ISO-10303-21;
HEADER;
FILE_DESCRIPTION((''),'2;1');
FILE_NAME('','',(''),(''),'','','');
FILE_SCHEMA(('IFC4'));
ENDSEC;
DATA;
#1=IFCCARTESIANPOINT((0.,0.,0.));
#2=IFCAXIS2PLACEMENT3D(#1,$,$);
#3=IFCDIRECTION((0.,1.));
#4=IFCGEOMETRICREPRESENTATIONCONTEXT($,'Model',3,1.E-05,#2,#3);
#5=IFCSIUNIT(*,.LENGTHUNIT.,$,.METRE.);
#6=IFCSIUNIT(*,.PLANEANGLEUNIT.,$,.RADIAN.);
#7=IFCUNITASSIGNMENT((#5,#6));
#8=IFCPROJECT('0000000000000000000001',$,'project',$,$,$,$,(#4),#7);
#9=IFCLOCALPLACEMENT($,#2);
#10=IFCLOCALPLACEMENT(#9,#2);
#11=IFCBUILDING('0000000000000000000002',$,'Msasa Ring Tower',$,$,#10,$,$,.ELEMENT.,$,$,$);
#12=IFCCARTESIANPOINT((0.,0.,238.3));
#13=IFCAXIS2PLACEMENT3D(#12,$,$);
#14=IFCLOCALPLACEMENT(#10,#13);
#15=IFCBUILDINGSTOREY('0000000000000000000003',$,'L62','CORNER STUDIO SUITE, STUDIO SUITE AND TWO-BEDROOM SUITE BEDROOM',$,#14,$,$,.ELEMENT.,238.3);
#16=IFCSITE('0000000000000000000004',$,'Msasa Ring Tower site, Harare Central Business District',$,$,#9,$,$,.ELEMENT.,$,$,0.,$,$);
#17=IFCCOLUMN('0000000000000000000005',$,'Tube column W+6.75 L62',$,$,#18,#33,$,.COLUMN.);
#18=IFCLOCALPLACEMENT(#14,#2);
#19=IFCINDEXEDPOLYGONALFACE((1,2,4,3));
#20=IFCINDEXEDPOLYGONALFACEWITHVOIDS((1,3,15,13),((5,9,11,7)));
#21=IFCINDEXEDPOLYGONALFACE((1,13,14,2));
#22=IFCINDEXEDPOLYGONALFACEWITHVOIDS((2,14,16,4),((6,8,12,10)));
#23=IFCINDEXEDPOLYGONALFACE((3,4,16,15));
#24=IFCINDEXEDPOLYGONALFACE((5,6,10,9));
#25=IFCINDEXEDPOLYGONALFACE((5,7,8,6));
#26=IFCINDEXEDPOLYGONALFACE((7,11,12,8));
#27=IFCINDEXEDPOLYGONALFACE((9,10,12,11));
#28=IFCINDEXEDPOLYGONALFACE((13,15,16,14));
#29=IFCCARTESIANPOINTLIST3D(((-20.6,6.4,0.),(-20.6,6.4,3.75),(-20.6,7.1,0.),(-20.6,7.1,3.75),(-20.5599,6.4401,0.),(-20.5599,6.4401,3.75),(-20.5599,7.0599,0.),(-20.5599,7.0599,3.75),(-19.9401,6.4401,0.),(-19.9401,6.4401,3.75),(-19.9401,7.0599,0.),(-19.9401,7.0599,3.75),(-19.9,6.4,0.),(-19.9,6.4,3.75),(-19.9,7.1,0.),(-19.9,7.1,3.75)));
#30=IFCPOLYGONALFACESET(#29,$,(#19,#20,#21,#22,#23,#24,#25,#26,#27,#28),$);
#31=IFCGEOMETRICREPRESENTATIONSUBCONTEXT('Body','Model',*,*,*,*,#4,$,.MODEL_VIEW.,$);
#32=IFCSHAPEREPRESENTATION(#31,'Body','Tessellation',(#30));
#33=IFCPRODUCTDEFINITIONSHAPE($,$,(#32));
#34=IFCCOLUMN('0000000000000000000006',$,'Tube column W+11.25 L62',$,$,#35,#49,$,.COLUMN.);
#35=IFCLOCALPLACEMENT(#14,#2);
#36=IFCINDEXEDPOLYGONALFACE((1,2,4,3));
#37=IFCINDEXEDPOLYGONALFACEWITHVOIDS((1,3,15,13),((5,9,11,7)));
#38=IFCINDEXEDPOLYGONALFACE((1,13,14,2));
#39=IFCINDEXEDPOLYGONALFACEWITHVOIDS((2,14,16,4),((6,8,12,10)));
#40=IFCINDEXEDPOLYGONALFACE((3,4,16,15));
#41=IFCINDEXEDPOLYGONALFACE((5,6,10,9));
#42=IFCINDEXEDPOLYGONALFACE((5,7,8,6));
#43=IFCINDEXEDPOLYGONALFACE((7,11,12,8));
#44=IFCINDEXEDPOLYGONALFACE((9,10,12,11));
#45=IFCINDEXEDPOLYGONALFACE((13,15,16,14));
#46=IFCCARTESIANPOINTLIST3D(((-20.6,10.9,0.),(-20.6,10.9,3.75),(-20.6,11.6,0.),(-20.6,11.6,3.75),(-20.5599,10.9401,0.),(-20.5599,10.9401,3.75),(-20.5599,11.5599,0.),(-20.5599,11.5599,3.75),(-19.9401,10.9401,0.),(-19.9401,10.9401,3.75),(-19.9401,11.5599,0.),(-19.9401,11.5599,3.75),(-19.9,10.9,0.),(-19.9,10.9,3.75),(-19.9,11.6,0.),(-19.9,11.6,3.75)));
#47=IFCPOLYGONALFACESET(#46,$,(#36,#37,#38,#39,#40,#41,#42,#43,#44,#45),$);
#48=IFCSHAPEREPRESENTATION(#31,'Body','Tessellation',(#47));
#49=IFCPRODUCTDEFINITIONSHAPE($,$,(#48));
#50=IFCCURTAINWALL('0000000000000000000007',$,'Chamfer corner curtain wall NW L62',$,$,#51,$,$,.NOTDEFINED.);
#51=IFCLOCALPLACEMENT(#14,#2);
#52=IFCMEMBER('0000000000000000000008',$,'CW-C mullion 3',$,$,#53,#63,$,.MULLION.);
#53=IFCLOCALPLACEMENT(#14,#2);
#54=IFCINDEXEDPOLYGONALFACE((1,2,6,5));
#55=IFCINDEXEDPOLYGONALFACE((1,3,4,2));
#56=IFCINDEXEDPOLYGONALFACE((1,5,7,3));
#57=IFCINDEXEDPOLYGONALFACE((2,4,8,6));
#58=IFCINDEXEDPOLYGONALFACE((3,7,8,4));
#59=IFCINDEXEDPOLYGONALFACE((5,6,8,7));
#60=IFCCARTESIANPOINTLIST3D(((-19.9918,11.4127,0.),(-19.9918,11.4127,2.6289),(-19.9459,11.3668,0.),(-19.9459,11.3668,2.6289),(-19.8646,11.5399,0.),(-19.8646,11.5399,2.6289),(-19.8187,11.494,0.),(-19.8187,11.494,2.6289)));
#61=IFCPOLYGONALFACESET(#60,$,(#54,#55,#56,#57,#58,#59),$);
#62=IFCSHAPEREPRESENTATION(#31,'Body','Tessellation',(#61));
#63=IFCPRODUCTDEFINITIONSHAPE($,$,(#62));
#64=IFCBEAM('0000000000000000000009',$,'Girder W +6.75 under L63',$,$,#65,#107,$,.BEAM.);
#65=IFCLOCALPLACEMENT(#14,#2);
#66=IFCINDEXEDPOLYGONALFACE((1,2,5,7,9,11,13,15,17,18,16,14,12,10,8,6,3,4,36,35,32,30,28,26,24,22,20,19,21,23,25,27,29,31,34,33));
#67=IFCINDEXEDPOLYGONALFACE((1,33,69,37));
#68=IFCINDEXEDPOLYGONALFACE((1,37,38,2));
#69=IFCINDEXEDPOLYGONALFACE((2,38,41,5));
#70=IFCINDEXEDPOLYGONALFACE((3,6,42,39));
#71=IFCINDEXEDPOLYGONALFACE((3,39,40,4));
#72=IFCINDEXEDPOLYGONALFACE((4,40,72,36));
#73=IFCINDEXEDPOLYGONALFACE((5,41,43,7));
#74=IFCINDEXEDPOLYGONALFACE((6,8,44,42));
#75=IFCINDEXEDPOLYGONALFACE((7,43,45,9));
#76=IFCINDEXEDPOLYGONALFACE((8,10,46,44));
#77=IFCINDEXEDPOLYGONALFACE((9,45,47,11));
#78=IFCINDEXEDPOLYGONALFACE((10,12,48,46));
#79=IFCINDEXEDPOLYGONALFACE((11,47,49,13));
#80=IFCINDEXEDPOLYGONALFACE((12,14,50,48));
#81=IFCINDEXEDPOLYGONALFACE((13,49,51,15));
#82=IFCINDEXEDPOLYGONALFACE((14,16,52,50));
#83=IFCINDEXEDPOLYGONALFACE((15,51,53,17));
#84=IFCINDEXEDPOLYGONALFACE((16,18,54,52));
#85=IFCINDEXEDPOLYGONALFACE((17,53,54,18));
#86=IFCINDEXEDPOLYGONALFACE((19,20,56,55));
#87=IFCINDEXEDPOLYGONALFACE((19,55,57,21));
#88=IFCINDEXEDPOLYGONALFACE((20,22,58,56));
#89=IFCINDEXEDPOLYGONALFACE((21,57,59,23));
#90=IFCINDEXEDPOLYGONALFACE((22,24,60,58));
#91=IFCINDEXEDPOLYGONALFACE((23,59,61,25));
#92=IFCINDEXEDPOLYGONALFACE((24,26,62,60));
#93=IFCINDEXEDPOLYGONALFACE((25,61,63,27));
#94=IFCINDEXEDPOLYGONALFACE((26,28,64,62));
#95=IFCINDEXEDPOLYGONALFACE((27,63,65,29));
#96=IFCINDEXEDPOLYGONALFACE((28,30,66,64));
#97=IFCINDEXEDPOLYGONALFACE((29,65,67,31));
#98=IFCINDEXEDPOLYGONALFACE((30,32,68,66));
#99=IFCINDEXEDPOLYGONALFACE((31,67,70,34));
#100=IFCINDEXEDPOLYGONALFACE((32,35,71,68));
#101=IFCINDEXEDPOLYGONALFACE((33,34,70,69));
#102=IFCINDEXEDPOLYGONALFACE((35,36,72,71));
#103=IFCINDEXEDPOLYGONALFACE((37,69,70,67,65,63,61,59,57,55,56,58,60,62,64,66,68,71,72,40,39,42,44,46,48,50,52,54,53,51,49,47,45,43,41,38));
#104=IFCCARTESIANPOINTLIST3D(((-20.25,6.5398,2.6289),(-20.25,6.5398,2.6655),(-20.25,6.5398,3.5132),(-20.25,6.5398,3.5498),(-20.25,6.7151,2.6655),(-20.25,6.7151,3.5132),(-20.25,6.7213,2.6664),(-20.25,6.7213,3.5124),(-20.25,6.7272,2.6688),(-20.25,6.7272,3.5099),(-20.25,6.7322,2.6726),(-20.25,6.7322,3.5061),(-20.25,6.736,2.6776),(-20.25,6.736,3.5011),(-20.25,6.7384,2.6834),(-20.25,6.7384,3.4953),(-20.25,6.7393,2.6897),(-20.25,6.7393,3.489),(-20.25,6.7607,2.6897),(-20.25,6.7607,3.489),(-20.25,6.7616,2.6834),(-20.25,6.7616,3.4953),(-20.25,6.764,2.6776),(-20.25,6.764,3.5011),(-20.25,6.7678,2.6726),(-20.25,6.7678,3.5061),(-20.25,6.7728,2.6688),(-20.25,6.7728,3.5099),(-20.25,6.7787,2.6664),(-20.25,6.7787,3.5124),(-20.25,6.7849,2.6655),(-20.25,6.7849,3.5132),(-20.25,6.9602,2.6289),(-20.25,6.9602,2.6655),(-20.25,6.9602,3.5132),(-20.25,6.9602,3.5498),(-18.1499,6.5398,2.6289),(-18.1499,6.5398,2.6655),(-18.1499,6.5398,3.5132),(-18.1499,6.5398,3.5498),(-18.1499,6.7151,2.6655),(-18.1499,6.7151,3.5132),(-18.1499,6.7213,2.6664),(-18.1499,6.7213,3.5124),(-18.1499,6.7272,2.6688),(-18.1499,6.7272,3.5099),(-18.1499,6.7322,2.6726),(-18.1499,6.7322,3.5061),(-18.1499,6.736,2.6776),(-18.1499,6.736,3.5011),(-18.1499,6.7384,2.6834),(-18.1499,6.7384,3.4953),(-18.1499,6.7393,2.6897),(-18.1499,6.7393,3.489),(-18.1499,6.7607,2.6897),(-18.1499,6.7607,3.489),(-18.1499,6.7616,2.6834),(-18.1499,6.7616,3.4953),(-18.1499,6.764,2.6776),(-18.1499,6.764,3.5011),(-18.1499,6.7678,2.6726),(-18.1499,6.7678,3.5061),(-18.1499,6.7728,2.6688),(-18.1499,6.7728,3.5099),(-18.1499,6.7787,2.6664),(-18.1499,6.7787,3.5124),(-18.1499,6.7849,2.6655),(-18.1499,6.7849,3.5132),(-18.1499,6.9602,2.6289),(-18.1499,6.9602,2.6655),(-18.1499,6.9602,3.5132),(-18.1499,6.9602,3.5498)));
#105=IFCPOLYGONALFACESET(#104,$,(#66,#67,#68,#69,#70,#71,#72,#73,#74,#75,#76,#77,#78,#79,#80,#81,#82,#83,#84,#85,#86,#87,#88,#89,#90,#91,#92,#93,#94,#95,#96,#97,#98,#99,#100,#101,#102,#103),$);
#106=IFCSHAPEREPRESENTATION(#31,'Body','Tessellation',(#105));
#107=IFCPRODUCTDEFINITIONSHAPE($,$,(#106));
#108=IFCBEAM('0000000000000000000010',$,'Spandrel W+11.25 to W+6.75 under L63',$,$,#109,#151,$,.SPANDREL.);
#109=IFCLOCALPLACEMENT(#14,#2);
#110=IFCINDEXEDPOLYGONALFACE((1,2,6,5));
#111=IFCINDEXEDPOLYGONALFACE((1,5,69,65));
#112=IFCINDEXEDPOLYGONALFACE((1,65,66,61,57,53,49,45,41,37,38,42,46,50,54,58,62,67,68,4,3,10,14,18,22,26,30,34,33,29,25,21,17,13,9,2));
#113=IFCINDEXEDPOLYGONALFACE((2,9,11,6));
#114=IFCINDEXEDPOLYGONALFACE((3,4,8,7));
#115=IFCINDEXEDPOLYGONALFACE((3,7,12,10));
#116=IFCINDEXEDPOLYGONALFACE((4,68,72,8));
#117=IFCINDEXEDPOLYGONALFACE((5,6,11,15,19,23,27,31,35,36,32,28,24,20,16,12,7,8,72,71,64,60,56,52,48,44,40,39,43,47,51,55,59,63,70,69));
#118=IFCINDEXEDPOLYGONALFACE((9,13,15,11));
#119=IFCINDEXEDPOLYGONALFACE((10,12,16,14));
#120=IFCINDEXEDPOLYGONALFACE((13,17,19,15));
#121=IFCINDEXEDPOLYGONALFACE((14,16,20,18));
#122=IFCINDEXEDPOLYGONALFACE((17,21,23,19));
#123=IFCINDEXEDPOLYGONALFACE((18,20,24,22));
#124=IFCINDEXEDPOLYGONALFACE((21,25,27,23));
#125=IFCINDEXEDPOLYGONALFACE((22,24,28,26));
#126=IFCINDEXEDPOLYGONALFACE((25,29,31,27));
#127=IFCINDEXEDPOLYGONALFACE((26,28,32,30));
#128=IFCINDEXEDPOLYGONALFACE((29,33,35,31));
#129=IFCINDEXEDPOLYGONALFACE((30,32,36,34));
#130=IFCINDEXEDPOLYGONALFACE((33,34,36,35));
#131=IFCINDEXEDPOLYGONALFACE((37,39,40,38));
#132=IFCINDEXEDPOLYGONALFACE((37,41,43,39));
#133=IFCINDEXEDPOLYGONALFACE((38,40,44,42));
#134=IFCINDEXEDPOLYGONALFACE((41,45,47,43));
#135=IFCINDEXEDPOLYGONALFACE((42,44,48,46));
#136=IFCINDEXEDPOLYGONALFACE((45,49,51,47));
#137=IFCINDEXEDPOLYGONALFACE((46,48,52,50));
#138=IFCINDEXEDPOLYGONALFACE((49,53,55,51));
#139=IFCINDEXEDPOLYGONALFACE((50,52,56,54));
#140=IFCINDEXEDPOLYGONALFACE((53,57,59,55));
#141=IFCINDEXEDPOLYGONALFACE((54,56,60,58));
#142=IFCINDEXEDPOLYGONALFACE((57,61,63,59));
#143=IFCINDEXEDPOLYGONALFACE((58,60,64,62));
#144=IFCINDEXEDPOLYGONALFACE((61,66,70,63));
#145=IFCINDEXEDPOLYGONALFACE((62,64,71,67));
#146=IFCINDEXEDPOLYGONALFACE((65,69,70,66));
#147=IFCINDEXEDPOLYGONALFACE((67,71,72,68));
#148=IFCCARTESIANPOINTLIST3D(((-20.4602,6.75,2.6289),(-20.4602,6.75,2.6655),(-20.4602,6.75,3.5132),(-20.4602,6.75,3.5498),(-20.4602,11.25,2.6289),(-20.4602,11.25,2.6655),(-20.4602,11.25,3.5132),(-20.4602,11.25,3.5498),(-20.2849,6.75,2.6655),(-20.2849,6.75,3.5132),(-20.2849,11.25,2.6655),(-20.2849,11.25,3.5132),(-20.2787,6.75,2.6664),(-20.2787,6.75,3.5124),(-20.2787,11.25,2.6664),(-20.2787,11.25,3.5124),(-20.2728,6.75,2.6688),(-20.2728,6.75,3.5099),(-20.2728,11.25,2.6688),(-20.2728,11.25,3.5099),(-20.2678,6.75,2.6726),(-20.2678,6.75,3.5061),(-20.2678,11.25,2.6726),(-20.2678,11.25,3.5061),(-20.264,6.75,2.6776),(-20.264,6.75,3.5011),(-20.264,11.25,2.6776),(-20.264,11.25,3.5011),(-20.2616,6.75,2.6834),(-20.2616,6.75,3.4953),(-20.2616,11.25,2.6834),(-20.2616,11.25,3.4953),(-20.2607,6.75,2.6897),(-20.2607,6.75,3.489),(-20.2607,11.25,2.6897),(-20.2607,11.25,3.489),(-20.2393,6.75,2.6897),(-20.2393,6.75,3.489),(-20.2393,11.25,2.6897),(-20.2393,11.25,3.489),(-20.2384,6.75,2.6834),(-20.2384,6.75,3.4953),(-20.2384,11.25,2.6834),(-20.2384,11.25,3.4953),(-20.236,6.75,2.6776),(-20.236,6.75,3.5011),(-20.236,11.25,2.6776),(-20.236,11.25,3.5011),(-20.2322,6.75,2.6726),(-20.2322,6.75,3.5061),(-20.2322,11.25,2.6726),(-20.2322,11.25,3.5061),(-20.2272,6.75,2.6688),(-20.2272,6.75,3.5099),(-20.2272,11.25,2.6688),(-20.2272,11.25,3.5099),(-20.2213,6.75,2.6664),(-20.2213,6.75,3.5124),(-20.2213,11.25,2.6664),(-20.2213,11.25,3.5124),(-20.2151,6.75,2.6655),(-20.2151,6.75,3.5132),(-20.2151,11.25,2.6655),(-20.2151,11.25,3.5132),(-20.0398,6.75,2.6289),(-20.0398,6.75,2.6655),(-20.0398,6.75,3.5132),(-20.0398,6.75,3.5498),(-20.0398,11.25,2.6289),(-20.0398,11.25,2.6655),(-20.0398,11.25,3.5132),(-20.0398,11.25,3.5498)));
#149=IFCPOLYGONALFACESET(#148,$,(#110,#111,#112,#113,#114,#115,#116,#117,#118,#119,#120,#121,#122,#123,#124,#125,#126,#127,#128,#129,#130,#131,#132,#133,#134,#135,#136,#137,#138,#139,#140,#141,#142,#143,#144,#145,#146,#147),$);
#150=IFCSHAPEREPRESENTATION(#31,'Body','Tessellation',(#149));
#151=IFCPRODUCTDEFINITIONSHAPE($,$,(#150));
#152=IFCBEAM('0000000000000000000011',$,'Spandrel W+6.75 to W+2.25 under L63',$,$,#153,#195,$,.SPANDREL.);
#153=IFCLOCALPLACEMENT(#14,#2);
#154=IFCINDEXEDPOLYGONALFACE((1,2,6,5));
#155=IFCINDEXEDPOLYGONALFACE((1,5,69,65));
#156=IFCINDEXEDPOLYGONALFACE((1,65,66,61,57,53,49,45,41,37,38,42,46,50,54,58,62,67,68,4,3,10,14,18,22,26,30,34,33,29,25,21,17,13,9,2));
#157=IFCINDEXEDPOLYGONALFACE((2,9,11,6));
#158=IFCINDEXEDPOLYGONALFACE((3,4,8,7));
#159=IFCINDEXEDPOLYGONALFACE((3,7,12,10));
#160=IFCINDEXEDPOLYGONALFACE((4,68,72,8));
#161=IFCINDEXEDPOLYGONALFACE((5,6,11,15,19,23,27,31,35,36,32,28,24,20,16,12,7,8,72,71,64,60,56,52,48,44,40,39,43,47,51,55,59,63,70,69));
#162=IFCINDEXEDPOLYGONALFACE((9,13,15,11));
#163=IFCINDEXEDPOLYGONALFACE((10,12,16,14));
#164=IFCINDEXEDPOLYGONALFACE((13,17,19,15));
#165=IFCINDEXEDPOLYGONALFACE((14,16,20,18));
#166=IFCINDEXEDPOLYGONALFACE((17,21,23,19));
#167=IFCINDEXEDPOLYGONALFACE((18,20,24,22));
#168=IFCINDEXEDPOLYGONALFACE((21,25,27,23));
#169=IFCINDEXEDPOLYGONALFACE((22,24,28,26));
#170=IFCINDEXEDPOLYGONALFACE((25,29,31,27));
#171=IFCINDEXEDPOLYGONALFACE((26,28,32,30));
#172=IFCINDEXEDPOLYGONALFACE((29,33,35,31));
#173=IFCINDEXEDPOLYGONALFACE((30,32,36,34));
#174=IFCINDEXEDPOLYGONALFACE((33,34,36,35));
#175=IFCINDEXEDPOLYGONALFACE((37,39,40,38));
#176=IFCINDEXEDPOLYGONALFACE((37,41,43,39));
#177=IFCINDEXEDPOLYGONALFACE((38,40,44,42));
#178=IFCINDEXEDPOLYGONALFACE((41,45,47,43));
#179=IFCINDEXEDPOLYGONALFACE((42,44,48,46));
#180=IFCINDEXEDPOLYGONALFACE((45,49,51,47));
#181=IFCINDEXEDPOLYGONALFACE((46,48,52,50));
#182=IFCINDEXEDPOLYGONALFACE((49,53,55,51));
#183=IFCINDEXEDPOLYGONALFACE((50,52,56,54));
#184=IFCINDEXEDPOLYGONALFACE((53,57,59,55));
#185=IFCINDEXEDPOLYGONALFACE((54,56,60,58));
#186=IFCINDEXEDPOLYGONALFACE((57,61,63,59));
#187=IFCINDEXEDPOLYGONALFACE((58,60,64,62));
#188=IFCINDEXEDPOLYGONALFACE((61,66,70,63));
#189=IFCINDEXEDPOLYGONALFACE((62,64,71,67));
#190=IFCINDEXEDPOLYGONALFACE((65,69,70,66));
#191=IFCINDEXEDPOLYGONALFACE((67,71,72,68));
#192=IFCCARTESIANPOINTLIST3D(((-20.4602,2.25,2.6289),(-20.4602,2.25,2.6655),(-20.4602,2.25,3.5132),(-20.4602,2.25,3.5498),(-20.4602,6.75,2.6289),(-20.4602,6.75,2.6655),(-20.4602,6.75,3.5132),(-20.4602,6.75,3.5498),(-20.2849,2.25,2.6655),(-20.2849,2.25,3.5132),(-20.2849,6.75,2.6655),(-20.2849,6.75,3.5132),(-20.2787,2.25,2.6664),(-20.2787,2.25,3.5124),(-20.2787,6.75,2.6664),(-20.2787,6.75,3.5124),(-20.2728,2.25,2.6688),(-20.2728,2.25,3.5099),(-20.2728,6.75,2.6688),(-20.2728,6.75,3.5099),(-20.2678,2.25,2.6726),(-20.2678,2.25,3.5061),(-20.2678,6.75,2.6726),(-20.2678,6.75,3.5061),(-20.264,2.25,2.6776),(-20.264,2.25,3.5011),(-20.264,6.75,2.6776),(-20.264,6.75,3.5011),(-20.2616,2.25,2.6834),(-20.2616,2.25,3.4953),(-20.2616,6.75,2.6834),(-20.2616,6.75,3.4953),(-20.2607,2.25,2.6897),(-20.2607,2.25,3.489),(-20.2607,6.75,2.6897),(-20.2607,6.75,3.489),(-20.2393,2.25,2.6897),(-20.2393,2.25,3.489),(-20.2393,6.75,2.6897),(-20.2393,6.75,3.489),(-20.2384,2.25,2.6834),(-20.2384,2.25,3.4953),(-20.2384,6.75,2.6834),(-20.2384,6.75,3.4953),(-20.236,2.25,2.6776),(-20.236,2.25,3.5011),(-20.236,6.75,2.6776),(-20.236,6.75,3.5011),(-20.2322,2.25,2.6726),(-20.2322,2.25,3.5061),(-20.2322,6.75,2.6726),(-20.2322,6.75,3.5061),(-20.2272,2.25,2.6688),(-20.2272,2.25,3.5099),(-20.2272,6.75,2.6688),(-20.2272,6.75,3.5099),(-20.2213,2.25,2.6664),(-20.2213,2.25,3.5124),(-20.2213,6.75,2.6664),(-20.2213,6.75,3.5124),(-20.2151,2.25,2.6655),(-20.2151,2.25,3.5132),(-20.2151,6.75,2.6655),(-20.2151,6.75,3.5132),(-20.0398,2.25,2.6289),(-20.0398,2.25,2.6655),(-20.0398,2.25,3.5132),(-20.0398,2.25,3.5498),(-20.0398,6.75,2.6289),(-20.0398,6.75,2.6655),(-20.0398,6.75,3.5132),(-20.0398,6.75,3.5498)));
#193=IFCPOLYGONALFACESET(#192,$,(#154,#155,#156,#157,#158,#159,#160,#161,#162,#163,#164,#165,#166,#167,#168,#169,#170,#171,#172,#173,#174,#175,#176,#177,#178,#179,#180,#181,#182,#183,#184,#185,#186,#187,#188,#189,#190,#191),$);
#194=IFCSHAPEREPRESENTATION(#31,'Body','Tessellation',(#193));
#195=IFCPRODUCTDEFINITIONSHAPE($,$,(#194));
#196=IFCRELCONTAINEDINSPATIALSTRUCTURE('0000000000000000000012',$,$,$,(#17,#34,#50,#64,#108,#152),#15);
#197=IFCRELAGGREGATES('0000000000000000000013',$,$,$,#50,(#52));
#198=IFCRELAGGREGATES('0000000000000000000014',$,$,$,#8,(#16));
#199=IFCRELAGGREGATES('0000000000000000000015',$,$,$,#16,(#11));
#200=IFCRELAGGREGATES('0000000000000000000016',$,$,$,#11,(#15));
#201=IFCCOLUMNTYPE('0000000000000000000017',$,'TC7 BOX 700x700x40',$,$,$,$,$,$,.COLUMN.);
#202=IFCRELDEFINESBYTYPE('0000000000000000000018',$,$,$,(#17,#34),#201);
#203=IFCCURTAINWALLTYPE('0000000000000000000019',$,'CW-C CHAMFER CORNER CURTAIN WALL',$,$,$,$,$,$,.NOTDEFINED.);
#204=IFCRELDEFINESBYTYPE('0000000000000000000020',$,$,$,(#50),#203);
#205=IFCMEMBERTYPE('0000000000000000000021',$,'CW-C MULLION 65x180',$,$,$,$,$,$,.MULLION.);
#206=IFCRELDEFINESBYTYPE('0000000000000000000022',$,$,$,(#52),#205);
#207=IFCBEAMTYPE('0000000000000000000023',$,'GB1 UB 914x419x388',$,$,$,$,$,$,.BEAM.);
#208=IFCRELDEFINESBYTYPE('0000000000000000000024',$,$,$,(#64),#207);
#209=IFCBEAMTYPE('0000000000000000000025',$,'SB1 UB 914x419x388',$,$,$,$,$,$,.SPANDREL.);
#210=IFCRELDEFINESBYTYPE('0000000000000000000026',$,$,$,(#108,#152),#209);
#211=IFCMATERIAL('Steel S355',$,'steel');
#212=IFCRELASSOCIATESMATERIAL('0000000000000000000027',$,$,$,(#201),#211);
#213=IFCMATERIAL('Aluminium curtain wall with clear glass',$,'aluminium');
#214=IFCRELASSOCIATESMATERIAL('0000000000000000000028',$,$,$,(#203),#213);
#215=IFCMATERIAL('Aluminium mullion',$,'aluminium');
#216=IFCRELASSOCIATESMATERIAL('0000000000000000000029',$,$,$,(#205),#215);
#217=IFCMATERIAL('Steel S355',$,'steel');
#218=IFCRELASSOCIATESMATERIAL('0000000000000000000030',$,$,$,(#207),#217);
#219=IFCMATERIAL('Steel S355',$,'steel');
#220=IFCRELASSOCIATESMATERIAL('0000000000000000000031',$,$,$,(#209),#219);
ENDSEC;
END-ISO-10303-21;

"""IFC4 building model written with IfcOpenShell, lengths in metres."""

from ifc_helpers import new_model, si_unit, direction, frame, origin, origin_2d, place, context, subcontext, project, spatial, rectangle, hollow_rectangle, i_section, extrude, material, material_profile, profile_set, type_object, element, aggregate, save


model = new_model("IFC4")

# Units and contexts
model_context = context("Model", 3, precision=1e-05, world=origin(), true_north=direction((0.0, 1.0)))
body_context = subcontext(model_context, "Body", "Model", "MODEL_VIEW")
ifc_project = project(units=[si_unit("LENGTHUNIT", "METRE"), si_unit("PLANEANGLEUNIT", "RADIAN")], contexts=[model_context])

# Site, building, storey
site_placement = place(None, origin())
site = spatial("IfcSite", under=ifc_project, at=site_placement, Name="Msasa Ring Tower site, Harare Central Business District", CompositionType="ELEMENT", RefElevation=0.0)
building_placement = place(site_placement, origin())
building = spatial("IfcBuilding", under=site, at=building_placement, Name="Msasa Ring Tower", CompositionType="ELEMENT")
storey_placement = place(building_placement, frame((0.0, 0.0, 238.3)))
storey = spatial("IfcBuildingStorey", under=building, at=storey_placement, Name="L62", Description="CORNER STUDIO SUITE, STUDIO SUITE AND TWO-BEDROOM SUITE BEDROOM", CompositionType="ELEMENT", Elevation=238.3)

# Columns
ifc_material_1 = material(Name="Steel S355", Category="steel")
ifc_material_profile_1 = material_profile(ifc_material_1, hollow_rectangle(XDim=0.7, YDim=0.7, WallThickness=0.04, at=origin_2d()), Name="BOX 700x700x40")
ifc_profile_set_1 = profile_set([ifc_material_profile_1], Name="Steel S355")
column_type = type_object("IfcColumnType", Name="TC7 BOX 700x700x40", PredefinedType="COLUMN", material=ifc_profile_set_1)
for number, where, z_axis, x_axis, name in (
    (1, (-20.25, 6.75, 0.0), (0.0, 0.0, 1.0), (1.0, 0.0, 0.0), "Tube column W+6.75 L62"),
    (2, (-20.25, 11.25, 0.0), (0.0, 0.0, 1.0), (1.0, 0.0, 0.0), "Tube column W+11.25 L62"),
):
    element("IfcColumn", number, at=place(storey_placement, frame(where, z_axis=z_axis, x_axis=x_axis)), inside=storey, type_object=column_type, Name=name, PredefinedType="COLUMN", context=body_context, shape_type="SweptSolid", body=[
        extrude(hollow_rectangle(XDim=0.7, YDim=0.7, WallThickness=0.04, at=origin_2d()), origin(), (0.0, 0.0, 1.0), 3.75),
    ])

# Curtain wall, member
ifc_material_2 = material(Name="Aluminium curtain wall with clear glass", Category="aluminium")
curtain_wall_type = type_object("IfcCurtainWallType", Name="CW-C CHAMFER CORNER CURTAIN WALL", PredefinedType="NOTDEFINED", material=ifc_material_2)
curtain_wall_placement = place(storey_placement, origin())
curtain_wall = element("IfcCurtainWall", 3, at=curtain_wall_placement, inside=storey, type_object=curtain_wall_type, Name="Chamfer corner curtain wall NW L62", PredefinedType="NOTDEFINED")
ifc_material_3 = material(Name="Aluminium mullion", Category="aluminium")
ifc_material_profile_2 = material_profile(ifc_material_3, rectangle(XDim=0.0649, YDim=0.1799, at=origin_2d()), Name="AL 65x180")
ifc_profile_set_2 = profile_set([ifc_material_profile_2], Name="Aluminium mullion")
member_type = type_object("IfcMemberType", Name="CW-C MULLION 65x180", PredefinedType="MULLION", material=ifc_profile_set_2)
member_placement = place(storey_placement, frame((-19.9053, 11.4534, 0.0), z_axis=(0.0, 0.0, 1.0), x_axis=(0.707107, -0.707107, 0.0)))
member = element("IfcMember", 4, at=member_placement, type_object=member_type, Name="CW-C mullion 3", PredefinedType="MULLION", context=body_context, shape_type="SweptSolid", body=[
    extrude(rectangle(XDim=0.0649, YDim=0.1799, at=origin_2d()), origin(), (0.0, 0.0, 1.0), 2.6289),
])
aggregate(curtain_wall, [member])

# Beams
ifc_material_4 = material(Name="Steel S355", Category="steel")
ifc_material_profile_3 = material_profile(ifc_material_4, i_section(OverallWidth=0.4204, OverallDepth=0.9209, WebThickness=0.0215, FlangeThickness=0.0366, FilletRadius=0.0242, at=origin_2d()), Name="UB 914x419x388")
ifc_profile_set_3 = profile_set([ifc_material_profile_3], Name="Steel S355")
beam_type_1 = type_object("IfcBeamType", Name="GB1 UB 914x419x388", PredefinedType="BEAM", material=ifc_profile_set_3)
beam_placement = place(storey_placement, frame((-18.1499, 6.75, 3.0894), z_axis=(-1.0, 0.0, 0.0), x_axis=(0.0, -1.0, 0.0)))
element("IfcBeam", 5, at=beam_placement, inside=storey, type_object=beam_type_1, Name="Girder W +6.75 under L63", PredefinedType="BEAM", context=body_context, shape_type="SweptSolid", body=[
    extrude(i_section(OverallWidth=0.4204, OverallDepth=0.9209, WebThickness=0.0215, FlangeThickness=0.0366, FilletRadius=0.0242, at=origin_2d()), origin(), (0.0, 0.0, 1.0), 2.1001),
])
ifc_material_5 = material(Name="Steel S355", Category="steel")
ifc_material_profile_4 = material_profile(ifc_material_5, i_section(OverallWidth=0.4204, OverallDepth=0.9209, WebThickness=0.0215, FlangeThickness=0.0366, FilletRadius=0.0242, at=origin_2d()), Name="UB 914x419x388")
ifc_profile_set_4 = profile_set([ifc_material_profile_4], Name="Steel S355")
beam_type_2 = type_object("IfcBeamType", Name="SB1 UB 914x419x388", PredefinedType="SPANDREL", material=ifc_profile_set_4)
for number, where, z_axis, x_axis, name in (
    (6, (-20.25, 11.25, 3.0894), (0.0, -1.0, 0.0), (1.0, 0.0, 0.0), "Spandrel W+11.25 to W+6.75 under L63"),
    (7, (-20.25, 6.75, 3.0894), (0.0, -1.0, 0.0), (1.0, 0.0, 0.0), "Spandrel W+6.75 to W+2.25 under L63"),
):
    element("IfcBeam", number, at=place(storey_placement, frame(where, z_axis=z_axis, x_axis=x_axis)), inside=storey, type_object=beam_type_2, Name=name, PredefinedType="SPANDREL", context=body_context, shape_type="SweptSolid", body=[
        extrude(i_section(OverallWidth=0.4204, OverallDepth=0.9209, WebThickness=0.0215, FlangeThickness=0.0366, FilletRadius=0.0242, at=origin_2d()), origin(), (0.0, 0.0, 1.0), 4.5),
    ])

save(model, "model.ifc")
